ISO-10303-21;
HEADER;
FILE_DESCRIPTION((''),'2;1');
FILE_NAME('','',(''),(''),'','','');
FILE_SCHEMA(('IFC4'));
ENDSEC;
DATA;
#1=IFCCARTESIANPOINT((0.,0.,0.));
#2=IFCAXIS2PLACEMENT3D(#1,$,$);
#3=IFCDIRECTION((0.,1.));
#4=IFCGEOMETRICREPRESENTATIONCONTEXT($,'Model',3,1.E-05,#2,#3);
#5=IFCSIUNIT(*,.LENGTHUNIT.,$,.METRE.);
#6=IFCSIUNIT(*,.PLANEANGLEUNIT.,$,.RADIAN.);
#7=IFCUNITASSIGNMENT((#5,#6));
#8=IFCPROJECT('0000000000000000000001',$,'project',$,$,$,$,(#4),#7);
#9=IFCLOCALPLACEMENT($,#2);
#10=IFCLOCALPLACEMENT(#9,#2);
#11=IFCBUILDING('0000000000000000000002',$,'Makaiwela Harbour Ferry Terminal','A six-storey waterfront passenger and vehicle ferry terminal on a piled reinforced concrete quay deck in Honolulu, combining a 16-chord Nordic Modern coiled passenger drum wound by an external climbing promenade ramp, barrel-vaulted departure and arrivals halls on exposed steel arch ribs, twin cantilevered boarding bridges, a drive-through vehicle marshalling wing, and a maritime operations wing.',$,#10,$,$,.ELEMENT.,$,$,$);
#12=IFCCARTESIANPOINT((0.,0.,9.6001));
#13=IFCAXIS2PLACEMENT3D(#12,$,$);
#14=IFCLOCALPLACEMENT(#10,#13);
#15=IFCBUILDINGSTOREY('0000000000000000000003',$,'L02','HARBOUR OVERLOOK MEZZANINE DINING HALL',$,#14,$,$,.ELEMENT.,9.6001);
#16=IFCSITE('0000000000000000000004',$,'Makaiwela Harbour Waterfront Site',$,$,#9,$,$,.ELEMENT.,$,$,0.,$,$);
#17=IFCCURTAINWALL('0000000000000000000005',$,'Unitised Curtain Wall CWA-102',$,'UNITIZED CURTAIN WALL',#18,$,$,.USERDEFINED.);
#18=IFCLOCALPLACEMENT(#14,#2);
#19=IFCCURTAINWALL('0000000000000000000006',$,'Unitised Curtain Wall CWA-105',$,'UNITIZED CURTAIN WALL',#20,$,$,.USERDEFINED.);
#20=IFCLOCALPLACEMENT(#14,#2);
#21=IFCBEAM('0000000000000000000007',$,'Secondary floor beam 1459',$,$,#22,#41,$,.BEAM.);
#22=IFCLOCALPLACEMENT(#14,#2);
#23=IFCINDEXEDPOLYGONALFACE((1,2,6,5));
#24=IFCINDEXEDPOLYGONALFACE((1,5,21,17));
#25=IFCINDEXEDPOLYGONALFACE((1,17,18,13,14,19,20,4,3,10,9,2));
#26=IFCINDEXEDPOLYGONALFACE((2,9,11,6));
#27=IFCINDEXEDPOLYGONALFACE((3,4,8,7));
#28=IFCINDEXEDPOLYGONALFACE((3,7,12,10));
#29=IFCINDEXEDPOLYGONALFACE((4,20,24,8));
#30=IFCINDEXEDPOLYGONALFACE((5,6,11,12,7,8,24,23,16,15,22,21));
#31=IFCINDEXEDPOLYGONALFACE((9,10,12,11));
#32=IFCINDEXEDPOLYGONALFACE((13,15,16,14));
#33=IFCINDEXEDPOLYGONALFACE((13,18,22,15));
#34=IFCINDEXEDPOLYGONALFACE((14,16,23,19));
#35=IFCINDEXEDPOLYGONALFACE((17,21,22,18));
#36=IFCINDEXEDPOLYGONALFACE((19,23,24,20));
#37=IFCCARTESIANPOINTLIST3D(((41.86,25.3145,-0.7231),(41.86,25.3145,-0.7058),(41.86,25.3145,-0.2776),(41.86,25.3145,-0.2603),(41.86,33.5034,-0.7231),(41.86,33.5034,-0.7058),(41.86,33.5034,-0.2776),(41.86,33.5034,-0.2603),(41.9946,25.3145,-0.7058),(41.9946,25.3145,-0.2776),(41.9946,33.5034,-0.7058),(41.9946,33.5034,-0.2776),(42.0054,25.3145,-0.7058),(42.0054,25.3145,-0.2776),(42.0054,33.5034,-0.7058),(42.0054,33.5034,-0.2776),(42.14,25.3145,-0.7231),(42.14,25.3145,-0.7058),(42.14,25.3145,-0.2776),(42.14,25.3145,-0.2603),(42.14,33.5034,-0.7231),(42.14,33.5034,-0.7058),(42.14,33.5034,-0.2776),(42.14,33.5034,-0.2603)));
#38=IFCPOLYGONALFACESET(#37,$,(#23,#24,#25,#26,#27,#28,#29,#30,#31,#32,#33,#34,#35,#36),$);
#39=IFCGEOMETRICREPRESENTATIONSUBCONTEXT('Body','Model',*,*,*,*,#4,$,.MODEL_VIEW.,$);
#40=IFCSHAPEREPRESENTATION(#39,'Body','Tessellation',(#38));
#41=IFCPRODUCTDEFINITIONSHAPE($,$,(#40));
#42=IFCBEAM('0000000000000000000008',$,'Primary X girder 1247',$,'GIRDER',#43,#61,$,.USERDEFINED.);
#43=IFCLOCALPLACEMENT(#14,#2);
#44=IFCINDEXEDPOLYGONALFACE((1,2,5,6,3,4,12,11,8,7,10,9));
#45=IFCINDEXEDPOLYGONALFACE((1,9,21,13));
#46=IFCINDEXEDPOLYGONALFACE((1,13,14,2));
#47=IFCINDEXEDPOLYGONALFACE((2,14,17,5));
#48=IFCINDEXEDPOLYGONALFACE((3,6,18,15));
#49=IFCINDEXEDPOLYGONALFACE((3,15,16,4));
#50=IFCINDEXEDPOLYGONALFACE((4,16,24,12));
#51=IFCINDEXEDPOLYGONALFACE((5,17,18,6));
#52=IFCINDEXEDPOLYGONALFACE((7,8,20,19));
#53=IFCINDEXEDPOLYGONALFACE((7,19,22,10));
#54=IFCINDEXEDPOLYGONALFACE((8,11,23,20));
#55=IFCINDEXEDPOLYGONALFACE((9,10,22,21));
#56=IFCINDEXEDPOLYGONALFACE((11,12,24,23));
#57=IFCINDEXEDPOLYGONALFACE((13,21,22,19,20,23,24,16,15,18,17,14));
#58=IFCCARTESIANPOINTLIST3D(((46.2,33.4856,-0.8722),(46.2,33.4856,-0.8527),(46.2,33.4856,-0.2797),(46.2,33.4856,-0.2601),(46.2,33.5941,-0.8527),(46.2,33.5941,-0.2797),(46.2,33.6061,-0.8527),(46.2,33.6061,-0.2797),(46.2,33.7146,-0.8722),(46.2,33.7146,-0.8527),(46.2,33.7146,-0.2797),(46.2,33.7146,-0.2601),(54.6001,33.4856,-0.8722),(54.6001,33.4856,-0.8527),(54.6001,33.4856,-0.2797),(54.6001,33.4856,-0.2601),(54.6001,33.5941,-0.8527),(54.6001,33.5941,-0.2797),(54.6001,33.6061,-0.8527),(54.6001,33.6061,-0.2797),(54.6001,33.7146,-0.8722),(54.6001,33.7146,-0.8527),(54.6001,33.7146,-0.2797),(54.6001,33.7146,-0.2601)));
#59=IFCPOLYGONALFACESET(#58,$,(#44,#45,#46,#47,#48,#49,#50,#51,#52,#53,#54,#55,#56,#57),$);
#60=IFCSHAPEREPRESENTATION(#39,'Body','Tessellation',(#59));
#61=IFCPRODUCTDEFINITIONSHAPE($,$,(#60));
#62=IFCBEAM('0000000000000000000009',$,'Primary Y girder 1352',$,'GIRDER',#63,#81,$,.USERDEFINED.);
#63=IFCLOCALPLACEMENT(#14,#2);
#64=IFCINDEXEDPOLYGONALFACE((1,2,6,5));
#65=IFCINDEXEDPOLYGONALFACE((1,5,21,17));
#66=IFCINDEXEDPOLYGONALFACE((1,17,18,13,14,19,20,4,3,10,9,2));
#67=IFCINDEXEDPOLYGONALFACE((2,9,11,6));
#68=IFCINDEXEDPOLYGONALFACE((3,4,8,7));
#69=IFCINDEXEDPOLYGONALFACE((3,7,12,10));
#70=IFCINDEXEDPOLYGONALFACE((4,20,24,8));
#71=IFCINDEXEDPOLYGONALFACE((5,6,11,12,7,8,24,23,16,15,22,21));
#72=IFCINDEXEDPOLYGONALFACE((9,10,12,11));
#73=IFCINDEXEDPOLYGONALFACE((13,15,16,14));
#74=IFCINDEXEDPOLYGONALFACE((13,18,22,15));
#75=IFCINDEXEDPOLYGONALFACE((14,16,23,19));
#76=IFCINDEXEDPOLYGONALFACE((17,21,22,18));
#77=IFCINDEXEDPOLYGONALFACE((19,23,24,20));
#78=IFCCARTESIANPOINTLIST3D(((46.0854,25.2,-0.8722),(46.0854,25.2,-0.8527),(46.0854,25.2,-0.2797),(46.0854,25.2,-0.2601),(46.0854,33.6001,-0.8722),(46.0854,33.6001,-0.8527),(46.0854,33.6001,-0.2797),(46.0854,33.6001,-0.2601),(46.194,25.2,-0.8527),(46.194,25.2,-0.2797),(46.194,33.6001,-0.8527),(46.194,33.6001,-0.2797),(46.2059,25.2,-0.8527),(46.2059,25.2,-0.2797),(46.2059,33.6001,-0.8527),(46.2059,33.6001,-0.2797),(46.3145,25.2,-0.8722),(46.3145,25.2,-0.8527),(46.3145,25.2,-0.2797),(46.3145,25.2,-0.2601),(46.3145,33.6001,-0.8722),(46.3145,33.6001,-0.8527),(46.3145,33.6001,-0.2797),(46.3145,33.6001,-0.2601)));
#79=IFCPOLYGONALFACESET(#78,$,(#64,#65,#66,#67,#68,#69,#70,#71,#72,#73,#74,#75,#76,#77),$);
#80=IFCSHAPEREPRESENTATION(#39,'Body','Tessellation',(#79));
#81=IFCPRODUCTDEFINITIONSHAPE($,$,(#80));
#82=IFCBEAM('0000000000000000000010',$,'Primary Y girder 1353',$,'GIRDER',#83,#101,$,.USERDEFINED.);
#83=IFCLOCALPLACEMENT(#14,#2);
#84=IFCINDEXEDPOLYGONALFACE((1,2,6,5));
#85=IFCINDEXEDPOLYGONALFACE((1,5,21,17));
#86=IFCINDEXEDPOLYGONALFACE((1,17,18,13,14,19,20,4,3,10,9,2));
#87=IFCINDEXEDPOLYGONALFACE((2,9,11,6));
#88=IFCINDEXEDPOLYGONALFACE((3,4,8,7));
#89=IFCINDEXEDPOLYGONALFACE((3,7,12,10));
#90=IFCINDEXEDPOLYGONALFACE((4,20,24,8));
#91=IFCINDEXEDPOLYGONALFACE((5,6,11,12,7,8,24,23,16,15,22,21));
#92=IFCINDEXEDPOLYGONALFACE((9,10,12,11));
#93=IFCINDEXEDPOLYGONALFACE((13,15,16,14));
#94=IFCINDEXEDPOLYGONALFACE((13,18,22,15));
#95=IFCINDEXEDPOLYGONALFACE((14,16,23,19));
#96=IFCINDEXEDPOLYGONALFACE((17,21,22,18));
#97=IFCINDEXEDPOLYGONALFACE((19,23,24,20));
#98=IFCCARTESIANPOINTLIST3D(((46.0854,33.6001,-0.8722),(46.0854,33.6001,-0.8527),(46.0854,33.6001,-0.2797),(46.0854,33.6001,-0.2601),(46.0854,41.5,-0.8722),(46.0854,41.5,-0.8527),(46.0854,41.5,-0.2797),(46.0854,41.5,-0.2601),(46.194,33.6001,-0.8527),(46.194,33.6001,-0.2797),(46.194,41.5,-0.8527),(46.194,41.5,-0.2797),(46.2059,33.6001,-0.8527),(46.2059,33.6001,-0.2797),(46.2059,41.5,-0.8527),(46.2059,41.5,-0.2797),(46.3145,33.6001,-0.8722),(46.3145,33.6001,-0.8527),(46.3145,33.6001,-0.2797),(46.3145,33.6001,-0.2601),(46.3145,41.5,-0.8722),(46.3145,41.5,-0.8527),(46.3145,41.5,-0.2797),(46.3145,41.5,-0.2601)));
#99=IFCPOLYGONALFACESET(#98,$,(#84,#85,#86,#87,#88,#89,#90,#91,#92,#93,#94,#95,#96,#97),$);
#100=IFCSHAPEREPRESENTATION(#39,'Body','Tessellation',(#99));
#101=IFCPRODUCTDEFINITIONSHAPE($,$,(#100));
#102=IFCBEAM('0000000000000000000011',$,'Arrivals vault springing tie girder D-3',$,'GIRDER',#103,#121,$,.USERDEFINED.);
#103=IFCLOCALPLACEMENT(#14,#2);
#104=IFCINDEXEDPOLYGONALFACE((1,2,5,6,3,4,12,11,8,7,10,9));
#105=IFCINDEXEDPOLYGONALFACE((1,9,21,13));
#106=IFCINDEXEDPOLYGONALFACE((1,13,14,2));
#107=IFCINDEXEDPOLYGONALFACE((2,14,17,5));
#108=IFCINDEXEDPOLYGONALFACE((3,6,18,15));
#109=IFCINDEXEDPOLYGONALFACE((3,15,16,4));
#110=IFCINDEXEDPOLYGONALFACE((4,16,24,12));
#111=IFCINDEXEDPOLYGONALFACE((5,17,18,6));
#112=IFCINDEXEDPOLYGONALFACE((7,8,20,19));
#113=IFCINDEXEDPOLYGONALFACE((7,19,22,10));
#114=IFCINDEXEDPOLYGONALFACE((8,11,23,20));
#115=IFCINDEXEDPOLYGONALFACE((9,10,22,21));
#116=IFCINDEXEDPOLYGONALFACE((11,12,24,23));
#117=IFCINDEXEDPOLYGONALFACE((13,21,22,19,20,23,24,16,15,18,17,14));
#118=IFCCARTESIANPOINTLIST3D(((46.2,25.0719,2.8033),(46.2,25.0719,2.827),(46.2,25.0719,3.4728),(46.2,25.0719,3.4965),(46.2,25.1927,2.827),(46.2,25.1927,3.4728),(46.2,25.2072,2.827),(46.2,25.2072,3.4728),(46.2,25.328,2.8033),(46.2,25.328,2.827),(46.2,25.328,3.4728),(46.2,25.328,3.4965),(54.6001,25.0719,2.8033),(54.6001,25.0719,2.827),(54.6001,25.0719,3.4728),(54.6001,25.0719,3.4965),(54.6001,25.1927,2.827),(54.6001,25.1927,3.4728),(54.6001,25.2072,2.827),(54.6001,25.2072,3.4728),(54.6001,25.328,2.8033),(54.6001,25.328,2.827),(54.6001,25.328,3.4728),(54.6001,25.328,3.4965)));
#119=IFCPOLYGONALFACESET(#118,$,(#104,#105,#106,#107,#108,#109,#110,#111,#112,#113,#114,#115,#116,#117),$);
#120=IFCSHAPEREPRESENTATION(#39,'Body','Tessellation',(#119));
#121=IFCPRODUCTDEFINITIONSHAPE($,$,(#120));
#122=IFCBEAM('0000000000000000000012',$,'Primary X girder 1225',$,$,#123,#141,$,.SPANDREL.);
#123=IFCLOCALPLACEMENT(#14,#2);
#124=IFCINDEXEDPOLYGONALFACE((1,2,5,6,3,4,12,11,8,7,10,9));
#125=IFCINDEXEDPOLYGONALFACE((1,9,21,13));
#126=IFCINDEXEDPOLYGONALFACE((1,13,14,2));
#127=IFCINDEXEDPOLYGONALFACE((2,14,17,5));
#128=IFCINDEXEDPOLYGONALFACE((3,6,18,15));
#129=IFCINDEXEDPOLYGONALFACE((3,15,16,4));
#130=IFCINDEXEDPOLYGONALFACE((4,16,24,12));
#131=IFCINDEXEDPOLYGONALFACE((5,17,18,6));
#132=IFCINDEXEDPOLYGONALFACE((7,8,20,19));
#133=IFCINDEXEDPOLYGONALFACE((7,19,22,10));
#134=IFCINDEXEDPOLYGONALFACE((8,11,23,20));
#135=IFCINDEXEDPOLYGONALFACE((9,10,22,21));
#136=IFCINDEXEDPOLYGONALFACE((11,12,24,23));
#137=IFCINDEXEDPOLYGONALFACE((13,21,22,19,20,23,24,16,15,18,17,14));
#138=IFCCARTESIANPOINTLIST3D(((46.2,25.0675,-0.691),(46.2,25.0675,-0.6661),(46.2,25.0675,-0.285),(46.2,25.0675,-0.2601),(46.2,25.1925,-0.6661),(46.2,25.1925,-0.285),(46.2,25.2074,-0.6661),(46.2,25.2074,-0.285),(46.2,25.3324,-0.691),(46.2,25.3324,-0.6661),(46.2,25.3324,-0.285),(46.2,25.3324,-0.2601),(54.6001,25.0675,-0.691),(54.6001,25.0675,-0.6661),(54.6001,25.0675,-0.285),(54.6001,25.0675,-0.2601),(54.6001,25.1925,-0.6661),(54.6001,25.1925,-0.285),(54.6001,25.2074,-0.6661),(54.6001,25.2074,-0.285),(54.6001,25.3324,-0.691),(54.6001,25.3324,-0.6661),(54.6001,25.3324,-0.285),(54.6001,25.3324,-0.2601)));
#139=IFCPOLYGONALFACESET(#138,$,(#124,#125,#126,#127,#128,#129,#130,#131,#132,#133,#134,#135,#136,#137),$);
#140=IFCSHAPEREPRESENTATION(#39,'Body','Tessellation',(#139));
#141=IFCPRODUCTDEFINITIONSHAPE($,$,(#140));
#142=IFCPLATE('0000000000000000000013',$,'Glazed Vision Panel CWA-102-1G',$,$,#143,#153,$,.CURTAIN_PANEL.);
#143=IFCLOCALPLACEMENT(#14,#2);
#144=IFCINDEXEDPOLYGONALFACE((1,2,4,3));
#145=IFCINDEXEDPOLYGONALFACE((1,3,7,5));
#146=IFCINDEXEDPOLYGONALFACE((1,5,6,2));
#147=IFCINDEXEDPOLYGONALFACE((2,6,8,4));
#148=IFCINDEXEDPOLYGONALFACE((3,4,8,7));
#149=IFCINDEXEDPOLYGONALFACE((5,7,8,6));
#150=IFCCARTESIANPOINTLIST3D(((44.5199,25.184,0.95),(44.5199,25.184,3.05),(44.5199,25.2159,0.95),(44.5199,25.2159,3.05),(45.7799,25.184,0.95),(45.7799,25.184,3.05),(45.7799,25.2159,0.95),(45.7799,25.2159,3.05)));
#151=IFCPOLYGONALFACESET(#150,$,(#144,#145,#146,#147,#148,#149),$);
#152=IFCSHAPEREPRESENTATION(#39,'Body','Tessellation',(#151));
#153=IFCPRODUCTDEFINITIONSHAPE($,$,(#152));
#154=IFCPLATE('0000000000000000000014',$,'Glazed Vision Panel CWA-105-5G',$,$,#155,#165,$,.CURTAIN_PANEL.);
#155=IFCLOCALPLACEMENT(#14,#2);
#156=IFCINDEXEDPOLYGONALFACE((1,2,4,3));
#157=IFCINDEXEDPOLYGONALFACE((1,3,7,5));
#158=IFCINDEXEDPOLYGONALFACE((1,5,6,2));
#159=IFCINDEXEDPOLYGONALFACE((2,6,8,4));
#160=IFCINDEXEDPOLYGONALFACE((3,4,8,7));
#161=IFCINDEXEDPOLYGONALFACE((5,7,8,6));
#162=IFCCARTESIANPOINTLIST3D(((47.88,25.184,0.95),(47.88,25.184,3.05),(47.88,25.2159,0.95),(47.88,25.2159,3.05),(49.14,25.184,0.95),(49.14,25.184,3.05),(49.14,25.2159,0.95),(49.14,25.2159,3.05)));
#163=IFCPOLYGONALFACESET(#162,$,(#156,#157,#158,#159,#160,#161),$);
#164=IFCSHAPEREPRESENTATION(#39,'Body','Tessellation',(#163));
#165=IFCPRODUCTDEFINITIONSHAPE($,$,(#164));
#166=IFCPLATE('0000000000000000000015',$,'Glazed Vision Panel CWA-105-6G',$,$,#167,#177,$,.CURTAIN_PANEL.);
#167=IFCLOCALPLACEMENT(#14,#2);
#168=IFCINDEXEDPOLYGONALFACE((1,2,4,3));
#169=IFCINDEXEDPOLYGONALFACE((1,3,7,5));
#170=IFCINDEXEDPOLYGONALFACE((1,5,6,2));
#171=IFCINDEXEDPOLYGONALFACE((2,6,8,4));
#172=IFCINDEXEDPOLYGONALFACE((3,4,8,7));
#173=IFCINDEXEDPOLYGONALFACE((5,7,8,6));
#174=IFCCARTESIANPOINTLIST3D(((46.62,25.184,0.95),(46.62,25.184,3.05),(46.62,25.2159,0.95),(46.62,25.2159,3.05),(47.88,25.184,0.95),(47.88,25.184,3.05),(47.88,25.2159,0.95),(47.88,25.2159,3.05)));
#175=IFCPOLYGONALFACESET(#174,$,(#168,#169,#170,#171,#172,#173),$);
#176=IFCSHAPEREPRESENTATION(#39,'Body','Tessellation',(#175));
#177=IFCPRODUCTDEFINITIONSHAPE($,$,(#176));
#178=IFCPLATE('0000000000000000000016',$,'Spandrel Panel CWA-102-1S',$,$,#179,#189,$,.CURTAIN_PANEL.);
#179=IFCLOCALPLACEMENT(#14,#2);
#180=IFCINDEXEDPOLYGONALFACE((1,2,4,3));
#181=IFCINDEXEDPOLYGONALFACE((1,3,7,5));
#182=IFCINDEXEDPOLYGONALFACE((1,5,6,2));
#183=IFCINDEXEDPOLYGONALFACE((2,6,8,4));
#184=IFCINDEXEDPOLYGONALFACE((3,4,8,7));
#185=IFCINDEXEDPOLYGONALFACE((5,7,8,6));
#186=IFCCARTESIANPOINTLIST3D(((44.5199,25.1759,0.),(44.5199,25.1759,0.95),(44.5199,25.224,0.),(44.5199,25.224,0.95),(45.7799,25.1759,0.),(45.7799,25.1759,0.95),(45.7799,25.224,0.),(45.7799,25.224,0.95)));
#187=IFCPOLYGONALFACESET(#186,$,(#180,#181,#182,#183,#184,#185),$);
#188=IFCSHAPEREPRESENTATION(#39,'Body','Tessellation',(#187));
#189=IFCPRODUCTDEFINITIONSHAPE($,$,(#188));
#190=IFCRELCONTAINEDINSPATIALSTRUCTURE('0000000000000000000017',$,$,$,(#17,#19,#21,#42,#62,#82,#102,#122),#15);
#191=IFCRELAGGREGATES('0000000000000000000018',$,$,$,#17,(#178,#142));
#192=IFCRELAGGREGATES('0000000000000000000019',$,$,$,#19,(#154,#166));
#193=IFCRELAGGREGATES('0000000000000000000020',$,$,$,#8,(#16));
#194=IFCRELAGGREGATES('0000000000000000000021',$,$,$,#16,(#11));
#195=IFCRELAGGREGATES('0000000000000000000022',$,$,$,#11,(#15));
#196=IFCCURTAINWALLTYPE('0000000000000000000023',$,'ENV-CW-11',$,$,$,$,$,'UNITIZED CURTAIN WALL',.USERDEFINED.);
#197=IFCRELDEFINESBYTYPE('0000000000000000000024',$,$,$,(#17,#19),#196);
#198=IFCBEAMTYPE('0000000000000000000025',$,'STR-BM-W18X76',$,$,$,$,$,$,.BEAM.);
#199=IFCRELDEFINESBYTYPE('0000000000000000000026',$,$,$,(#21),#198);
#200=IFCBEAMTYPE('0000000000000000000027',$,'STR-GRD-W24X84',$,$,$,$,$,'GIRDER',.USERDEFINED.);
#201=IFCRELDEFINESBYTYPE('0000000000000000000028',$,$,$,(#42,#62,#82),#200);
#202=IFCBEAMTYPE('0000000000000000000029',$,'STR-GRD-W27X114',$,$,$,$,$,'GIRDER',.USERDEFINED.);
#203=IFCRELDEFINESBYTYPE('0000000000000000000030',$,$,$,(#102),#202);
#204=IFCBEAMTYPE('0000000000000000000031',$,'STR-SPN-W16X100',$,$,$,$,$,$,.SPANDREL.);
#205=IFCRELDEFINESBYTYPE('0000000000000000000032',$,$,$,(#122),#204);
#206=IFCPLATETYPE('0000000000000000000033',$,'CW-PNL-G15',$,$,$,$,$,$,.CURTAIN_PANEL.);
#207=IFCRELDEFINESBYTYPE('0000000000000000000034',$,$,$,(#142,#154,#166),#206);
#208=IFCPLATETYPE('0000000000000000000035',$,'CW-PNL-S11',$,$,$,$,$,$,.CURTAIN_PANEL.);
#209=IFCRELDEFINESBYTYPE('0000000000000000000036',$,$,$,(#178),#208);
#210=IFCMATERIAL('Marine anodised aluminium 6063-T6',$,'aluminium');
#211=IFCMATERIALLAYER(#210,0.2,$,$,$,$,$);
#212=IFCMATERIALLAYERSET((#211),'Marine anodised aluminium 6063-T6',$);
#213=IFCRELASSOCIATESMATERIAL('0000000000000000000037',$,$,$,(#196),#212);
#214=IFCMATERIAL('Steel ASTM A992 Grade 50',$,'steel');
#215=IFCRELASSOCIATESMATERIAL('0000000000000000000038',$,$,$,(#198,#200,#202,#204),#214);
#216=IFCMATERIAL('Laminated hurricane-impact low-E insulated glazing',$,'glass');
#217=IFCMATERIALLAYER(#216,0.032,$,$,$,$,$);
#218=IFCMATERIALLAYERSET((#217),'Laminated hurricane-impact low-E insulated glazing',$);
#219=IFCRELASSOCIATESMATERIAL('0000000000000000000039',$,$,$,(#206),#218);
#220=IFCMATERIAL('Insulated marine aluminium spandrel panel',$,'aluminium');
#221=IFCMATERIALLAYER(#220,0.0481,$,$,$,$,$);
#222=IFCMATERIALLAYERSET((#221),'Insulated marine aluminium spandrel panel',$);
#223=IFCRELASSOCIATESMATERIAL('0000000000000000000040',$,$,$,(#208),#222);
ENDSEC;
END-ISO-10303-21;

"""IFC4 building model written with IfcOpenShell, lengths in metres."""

from ifc_helpers import new_model, si_unit, direction, frame, origin, origin_2d, place, context, subcontext, project, spatial, rectangle, i_section, extrude, material, layer, layer_set, material_profile, profile_set, type_object, element, aggregate, save


model = new_model("IFC4")

# Units and contexts
model_context = context("Model", 3, precision=1e-05, world=origin(), true_north=direction((0.0, 1.0)))
body_context = subcontext(model_context, "Body", "Model", "MODEL_VIEW")
ifc_project = project(units=[si_unit("LENGTHUNIT", "METRE"), si_unit("PLANEANGLEUNIT", "RADIAN")], contexts=[model_context])

# Site, building, storey
site_placement = place(None, origin())
site = spatial("IfcSite", under=ifc_project, at=site_placement, Name="Makaiwela Harbour Waterfront Site", CompositionType="ELEMENT", RefElevation=0.0)
building_placement = place(site_placement, origin())
building = spatial("IfcBuilding", under=site, at=building_placement, Name="Makaiwela Harbour Ferry Terminal", Description="A six-storey waterfront passenger and vehicle ferry terminal on a piled reinforced concrete quay deck in Honolulu, combining a 16-chord Nordic Modern coiled passenger drum wound by an external climbing promenade ramp, barrel-vaulted departure and arrivals halls on exposed steel arch ribs, twin cantilevered boarding bridges, a drive-through vehicle marshalling wing, and a maritime operations wing.", CompositionType="ELEMENT")
storey_placement = place(building_placement, frame((0.0, 0.0, 9.6001)))
storey = spatial("IfcBuildingStorey", under=building, at=storey_placement, Name="L02", Description="HARBOUR OVERLOOK MEZZANINE DINING HALL", CompositionType="ELEMENT", Elevation=9.6001)

# Shared definitions
ifc_material_1 = material(Name="Steel ASTM A992 Grade 50", Category="steel")

# Curtain wall
ifc_material_2 = material(Name="Marine anodised aluminium 6063-T6", Category="aluminium")
ifc_layer_1 = layer(ifc_material_2, 0.2)
ifc_layer_set_1 = layer_set([ifc_layer_1], Name="Marine anodised aluminium 6063-T6")
curtain_wall_type = type_object("IfcCurtainWallType", Name="ENV-CW-11", ElementType="UNITIZED CURTAIN WALL", PredefinedType="USERDEFINED", material=ifc_layer_set_1)
curtain_wall_1_placement = place(storey_placement, origin())
curtain_wall_1 = element("IfcCurtainWall", 1, at=curtain_wall_1_placement, inside=storey, type_object=curtain_wall_type, Name="Unitised Curtain Wall CWA-102", ObjectType="UNITIZED CURTAIN WALL", PredefinedType="USERDEFINED")

# Curtain wall
curtain_wall_2_placement = place(storey_placement, origin())
curtain_wall_2 = element("IfcCurtainWall", 2, at=curtain_wall_2_placement, inside=storey, type_object=curtain_wall_type, Name="Unitised Curtain Wall CWA-105", ObjectType="UNITIZED CURTAIN WALL", PredefinedType="USERDEFINED")

# Beams
ifc_material_profile_1 = material_profile(ifc_material_1, i_section(OverallWidth=0.28, OverallDepth=0.4629, WebThickness=0.0107, FlangeThickness=0.0173, at=origin_2d()), Name="W18X76")
ifc_profile_set_1 = profile_set([ifc_material_profile_1], Name="Steel ASTM A992 Grade 50")
beam_type_1 = type_object("IfcBeamType", Name="STR-BM-W18X76", PredefinedType="BEAM", material=ifc_profile_set_1)
beam_1_placement = place(storey_placement, frame((42.0, 25.3145, -0.4917), z_axis=(0.0, 1.0, 0.0), x_axis=(-1.0, 0.0, 0.0)))
element("IfcBeam", 3, at=beam_1_placement, inside=storey, type_object=beam_type_1, Name="Secondary floor beam 1459", PredefinedType="BEAM", context=body_context, shape_type="SweptSolid", body=[
    extrude(i_section(OverallWidth=0.28, OverallDepth=0.4629, WebThickness=0.0107, FlangeThickness=0.0173, at=origin_2d()), origin(), (0.0, 0.0, 1.0), 8.189),
])
ifc_material_profile_2 = material_profile(ifc_material_1, i_section(OverallWidth=0.229, OverallDepth=0.6121, WebThickness=0.012, FlangeThickness=0.0195, at=origin_2d()), Name="W24X84")
ifc_profile_set_2 = profile_set([ifc_material_profile_2], Name="Steel ASTM A992 Grade 50")
beam_type_2 = type_object("IfcBeamType", Name="STR-GRD-W24X84", ElementType="GIRDER", PredefinedType="USERDEFINED", material=ifc_profile_set_2)
for number, where, z_axis, x_axis, name in (
    (4, (46.2, 33.6001, -0.5662), (1.0, 0.0, 0.0), (0.0, 1.0, 0.0), "Primary X girder 1247"),
    (5, (46.2, 25.2, -0.5662), (0.0, 1.0, 0.0), (-1.0, 0.0, 0.0), "Primary Y girder 1352"),
):
    element("IfcBeam", number, at=place(storey_placement, frame(where, z_axis=z_axis, x_axis=x_axis)), inside=storey, type_object=beam_type_2, Name=name, ObjectType="GIRDER", PredefinedType="USERDEFINED", context=body_context, shape_type="SweptSolid", body=[
        extrude(i_section(OverallWidth=0.229, OverallDepth=0.6121, WebThickness=0.012, FlangeThickness=0.0195, at=origin_2d()), origin(), (0.0, 0.0, 1.0), 8.4001),
    ])
beam_2_placement = place(storey_placement, frame((46.2, 33.6001, -0.5662), z_axis=(0.0, 1.0, 0.0), x_axis=(-1.0, 0.0, 0.0)))
element("IfcBeam", 6, at=beam_2_placement, inside=storey, type_object=beam_type_2, Name="Primary Y girder 1353", ObjectType="GIRDER", PredefinedType="USERDEFINED", context=body_context, shape_type="SweptSolid", body=[
    extrude(i_section(OverallWidth=0.229, OverallDepth=0.6121, WebThickness=0.012, FlangeThickness=0.0195, at=origin_2d()), origin(), (0.0, 0.0, 1.0), 7.8999),
])
ifc_material_profile_3 = material_profile(ifc_material_1, i_section(OverallWidth=0.2561, OverallDepth=0.6931, WebThickness=0.0144, FlangeThickness=0.0237, at=origin_2d()), Name="W27X114")
ifc_profile_set_3 = profile_set([ifc_material_profile_3], Name="Steel ASTM A992 Grade 50")
beam_type_3 = type_object("IfcBeamType", Name="STR-GRD-W27X114", ElementType="GIRDER", PredefinedType="USERDEFINED", material=ifc_profile_set_3)
beam_3_placement = place(storey_placement, frame((46.2, 25.2, 3.1499), z_axis=(1.0, 0.0, 0.0), x_axis=(0.0, 1.0, 0.0)))
element("IfcBeam", 7, at=beam_3_placement, inside=storey, type_object=beam_type_3, Name="Arrivals vault springing tie girder D-3", ObjectType="GIRDER", PredefinedType="USERDEFINED", context=body_context, shape_type="SweptSolid", body=[
    extrude(i_section(OverallWidth=0.2561, OverallDepth=0.6931, WebThickness=0.0144, FlangeThickness=0.0237, at=origin_2d()), origin(), (0.0, 0.0, 1.0), 8.4001),
])
ifc_material_profile_4 = material_profile(ifc_material_1, i_section(OverallWidth=0.2649, OverallDepth=0.4309, WebThickness=0.0149, FlangeThickness=0.0249, at=origin_2d()), Name="W16X100")
ifc_profile_set_4 = profile_set([ifc_material_profile_4], Name="Steel ASTM A992 Grade 50")
beam_type_4 = type_object("IfcBeamType", Name="STR-SPN-W16X100", PredefinedType="SPANDREL", material=ifc_profile_set_4)
beam_4_placement = place(storey_placement, frame((46.2, 25.2, -0.4756), z_axis=(1.0, 0.0, 0.0), x_axis=(0.0, 1.0, 0.0)))
element("IfcBeam", 8, at=beam_4_placement, inside=storey, type_object=beam_type_4, Name="Primary X girder 1225", PredefinedType="SPANDREL", context=body_context, shape_type="SweptSolid", body=[
    extrude(i_section(OverallWidth=0.2649, OverallDepth=0.4309, WebThickness=0.0149, FlangeThickness=0.0249, at=origin_2d()), origin(), (0.0, 0.0, 1.0), 8.4001),
])

# Plates
ifc_material_3 = material(Name="Laminated hurricane-impact low-E insulated glazing", Category="glass")
ifc_layer_2 = layer(ifc_material_3, 0.032)
ifc_layer_set_2 = layer_set([ifc_layer_2], Name="Laminated hurricane-impact low-E insulated glazing")
plate_type_1 = type_object("IfcPlateType", Name="CW-PNL-G15", PredefinedType="CURTAIN_PANEL", material=ifc_layer_set_2)
plate_1_placement = place(storey_placement, frame((45.1499, 25.2, 0.95), z_axis=(0.0, 0.0, 1.0), x_axis=(-1.0, 0.0, 0.0)))
plate_1 = element("IfcPlate", 9, at=plate_1_placement, type_object=plate_type_1, Name="Glazed Vision Panel CWA-102-1G", PredefinedType="CURTAIN_PANEL", context=body_context, shape_type="SweptSolid", body=[
    extrude(rectangle(XDim=1.26, YDim=0.032, at=origin_2d()), origin(), (0.0, 0.0, 1.0), 2.1001),
])
plate_2_placement = place(storey_placement, frame((48.51, 25.2, 0.95), z_axis=(0.0, 0.0, 1.0), x_axis=(-1.0, 0.0, 0.0)))
plate_2 = element("IfcPlate", 10, at=plate_2_placement, type_object=plate_type_1, Name="Glazed Vision Panel CWA-105-5G", PredefinedType="CURTAIN_PANEL", context=body_context, shape_type="SweptSolid", body=[
    extrude(rectangle(XDim=1.26, YDim=0.032, at=origin_2d()), origin(), (0.0, 0.0, 1.0), 2.1001),
])
plate_3_placement = place(storey_placement, frame((47.25, 25.2, 0.95), z_axis=(0.0, 0.0, 1.0), x_axis=(-1.0, 0.0, 0.0)))
plate_3 = element("IfcPlate", 11, at=plate_3_placement, type_object=plate_type_1, Name="Glazed Vision Panel CWA-105-6G", PredefinedType="CURTAIN_PANEL", context=body_context, shape_type="SweptSolid", body=[
    extrude(rectangle(XDim=1.26, YDim=0.032, at=origin_2d()), origin(), (0.0, 0.0, 1.0), 2.1001),
])
ifc_material_4 = material(Name="Insulated marine aluminium spandrel panel", Category="aluminium")
ifc_layer_3 = layer(ifc_material_4, 0.0481)
ifc_layer_set_3 = layer_set([ifc_layer_3], Name="Insulated marine aluminium spandrel panel")
plate_type_2 = type_object("IfcPlateType", Name="CW-PNL-S11", PredefinedType="CURTAIN_PANEL", material=ifc_layer_set_3)
plate_4_placement = place(storey_placement, frame((45.1499, 25.2, 0.0), z_axis=(0.0, 0.0, 1.0), x_axis=(-1.0, 0.0, 0.0)))
plate_4 = element("IfcPlate", 12, at=plate_4_placement, type_object=plate_type_2, Name="Spandrel Panel CWA-102-1S", PredefinedType="CURTAIN_PANEL", context=body_context, shape_type="SweptSolid", body=[
    extrude(rectangle(XDim=1.26, YDim=0.0481, at=origin_2d()), origin(), (0.0, 0.0, 1.0), 0.95),
])
aggregate(curtain_wall_1, [plate_4, plate_1])
aggregate(curtain_wall_2, [plate_2, plate_3])

save(model, "model.ifc")
